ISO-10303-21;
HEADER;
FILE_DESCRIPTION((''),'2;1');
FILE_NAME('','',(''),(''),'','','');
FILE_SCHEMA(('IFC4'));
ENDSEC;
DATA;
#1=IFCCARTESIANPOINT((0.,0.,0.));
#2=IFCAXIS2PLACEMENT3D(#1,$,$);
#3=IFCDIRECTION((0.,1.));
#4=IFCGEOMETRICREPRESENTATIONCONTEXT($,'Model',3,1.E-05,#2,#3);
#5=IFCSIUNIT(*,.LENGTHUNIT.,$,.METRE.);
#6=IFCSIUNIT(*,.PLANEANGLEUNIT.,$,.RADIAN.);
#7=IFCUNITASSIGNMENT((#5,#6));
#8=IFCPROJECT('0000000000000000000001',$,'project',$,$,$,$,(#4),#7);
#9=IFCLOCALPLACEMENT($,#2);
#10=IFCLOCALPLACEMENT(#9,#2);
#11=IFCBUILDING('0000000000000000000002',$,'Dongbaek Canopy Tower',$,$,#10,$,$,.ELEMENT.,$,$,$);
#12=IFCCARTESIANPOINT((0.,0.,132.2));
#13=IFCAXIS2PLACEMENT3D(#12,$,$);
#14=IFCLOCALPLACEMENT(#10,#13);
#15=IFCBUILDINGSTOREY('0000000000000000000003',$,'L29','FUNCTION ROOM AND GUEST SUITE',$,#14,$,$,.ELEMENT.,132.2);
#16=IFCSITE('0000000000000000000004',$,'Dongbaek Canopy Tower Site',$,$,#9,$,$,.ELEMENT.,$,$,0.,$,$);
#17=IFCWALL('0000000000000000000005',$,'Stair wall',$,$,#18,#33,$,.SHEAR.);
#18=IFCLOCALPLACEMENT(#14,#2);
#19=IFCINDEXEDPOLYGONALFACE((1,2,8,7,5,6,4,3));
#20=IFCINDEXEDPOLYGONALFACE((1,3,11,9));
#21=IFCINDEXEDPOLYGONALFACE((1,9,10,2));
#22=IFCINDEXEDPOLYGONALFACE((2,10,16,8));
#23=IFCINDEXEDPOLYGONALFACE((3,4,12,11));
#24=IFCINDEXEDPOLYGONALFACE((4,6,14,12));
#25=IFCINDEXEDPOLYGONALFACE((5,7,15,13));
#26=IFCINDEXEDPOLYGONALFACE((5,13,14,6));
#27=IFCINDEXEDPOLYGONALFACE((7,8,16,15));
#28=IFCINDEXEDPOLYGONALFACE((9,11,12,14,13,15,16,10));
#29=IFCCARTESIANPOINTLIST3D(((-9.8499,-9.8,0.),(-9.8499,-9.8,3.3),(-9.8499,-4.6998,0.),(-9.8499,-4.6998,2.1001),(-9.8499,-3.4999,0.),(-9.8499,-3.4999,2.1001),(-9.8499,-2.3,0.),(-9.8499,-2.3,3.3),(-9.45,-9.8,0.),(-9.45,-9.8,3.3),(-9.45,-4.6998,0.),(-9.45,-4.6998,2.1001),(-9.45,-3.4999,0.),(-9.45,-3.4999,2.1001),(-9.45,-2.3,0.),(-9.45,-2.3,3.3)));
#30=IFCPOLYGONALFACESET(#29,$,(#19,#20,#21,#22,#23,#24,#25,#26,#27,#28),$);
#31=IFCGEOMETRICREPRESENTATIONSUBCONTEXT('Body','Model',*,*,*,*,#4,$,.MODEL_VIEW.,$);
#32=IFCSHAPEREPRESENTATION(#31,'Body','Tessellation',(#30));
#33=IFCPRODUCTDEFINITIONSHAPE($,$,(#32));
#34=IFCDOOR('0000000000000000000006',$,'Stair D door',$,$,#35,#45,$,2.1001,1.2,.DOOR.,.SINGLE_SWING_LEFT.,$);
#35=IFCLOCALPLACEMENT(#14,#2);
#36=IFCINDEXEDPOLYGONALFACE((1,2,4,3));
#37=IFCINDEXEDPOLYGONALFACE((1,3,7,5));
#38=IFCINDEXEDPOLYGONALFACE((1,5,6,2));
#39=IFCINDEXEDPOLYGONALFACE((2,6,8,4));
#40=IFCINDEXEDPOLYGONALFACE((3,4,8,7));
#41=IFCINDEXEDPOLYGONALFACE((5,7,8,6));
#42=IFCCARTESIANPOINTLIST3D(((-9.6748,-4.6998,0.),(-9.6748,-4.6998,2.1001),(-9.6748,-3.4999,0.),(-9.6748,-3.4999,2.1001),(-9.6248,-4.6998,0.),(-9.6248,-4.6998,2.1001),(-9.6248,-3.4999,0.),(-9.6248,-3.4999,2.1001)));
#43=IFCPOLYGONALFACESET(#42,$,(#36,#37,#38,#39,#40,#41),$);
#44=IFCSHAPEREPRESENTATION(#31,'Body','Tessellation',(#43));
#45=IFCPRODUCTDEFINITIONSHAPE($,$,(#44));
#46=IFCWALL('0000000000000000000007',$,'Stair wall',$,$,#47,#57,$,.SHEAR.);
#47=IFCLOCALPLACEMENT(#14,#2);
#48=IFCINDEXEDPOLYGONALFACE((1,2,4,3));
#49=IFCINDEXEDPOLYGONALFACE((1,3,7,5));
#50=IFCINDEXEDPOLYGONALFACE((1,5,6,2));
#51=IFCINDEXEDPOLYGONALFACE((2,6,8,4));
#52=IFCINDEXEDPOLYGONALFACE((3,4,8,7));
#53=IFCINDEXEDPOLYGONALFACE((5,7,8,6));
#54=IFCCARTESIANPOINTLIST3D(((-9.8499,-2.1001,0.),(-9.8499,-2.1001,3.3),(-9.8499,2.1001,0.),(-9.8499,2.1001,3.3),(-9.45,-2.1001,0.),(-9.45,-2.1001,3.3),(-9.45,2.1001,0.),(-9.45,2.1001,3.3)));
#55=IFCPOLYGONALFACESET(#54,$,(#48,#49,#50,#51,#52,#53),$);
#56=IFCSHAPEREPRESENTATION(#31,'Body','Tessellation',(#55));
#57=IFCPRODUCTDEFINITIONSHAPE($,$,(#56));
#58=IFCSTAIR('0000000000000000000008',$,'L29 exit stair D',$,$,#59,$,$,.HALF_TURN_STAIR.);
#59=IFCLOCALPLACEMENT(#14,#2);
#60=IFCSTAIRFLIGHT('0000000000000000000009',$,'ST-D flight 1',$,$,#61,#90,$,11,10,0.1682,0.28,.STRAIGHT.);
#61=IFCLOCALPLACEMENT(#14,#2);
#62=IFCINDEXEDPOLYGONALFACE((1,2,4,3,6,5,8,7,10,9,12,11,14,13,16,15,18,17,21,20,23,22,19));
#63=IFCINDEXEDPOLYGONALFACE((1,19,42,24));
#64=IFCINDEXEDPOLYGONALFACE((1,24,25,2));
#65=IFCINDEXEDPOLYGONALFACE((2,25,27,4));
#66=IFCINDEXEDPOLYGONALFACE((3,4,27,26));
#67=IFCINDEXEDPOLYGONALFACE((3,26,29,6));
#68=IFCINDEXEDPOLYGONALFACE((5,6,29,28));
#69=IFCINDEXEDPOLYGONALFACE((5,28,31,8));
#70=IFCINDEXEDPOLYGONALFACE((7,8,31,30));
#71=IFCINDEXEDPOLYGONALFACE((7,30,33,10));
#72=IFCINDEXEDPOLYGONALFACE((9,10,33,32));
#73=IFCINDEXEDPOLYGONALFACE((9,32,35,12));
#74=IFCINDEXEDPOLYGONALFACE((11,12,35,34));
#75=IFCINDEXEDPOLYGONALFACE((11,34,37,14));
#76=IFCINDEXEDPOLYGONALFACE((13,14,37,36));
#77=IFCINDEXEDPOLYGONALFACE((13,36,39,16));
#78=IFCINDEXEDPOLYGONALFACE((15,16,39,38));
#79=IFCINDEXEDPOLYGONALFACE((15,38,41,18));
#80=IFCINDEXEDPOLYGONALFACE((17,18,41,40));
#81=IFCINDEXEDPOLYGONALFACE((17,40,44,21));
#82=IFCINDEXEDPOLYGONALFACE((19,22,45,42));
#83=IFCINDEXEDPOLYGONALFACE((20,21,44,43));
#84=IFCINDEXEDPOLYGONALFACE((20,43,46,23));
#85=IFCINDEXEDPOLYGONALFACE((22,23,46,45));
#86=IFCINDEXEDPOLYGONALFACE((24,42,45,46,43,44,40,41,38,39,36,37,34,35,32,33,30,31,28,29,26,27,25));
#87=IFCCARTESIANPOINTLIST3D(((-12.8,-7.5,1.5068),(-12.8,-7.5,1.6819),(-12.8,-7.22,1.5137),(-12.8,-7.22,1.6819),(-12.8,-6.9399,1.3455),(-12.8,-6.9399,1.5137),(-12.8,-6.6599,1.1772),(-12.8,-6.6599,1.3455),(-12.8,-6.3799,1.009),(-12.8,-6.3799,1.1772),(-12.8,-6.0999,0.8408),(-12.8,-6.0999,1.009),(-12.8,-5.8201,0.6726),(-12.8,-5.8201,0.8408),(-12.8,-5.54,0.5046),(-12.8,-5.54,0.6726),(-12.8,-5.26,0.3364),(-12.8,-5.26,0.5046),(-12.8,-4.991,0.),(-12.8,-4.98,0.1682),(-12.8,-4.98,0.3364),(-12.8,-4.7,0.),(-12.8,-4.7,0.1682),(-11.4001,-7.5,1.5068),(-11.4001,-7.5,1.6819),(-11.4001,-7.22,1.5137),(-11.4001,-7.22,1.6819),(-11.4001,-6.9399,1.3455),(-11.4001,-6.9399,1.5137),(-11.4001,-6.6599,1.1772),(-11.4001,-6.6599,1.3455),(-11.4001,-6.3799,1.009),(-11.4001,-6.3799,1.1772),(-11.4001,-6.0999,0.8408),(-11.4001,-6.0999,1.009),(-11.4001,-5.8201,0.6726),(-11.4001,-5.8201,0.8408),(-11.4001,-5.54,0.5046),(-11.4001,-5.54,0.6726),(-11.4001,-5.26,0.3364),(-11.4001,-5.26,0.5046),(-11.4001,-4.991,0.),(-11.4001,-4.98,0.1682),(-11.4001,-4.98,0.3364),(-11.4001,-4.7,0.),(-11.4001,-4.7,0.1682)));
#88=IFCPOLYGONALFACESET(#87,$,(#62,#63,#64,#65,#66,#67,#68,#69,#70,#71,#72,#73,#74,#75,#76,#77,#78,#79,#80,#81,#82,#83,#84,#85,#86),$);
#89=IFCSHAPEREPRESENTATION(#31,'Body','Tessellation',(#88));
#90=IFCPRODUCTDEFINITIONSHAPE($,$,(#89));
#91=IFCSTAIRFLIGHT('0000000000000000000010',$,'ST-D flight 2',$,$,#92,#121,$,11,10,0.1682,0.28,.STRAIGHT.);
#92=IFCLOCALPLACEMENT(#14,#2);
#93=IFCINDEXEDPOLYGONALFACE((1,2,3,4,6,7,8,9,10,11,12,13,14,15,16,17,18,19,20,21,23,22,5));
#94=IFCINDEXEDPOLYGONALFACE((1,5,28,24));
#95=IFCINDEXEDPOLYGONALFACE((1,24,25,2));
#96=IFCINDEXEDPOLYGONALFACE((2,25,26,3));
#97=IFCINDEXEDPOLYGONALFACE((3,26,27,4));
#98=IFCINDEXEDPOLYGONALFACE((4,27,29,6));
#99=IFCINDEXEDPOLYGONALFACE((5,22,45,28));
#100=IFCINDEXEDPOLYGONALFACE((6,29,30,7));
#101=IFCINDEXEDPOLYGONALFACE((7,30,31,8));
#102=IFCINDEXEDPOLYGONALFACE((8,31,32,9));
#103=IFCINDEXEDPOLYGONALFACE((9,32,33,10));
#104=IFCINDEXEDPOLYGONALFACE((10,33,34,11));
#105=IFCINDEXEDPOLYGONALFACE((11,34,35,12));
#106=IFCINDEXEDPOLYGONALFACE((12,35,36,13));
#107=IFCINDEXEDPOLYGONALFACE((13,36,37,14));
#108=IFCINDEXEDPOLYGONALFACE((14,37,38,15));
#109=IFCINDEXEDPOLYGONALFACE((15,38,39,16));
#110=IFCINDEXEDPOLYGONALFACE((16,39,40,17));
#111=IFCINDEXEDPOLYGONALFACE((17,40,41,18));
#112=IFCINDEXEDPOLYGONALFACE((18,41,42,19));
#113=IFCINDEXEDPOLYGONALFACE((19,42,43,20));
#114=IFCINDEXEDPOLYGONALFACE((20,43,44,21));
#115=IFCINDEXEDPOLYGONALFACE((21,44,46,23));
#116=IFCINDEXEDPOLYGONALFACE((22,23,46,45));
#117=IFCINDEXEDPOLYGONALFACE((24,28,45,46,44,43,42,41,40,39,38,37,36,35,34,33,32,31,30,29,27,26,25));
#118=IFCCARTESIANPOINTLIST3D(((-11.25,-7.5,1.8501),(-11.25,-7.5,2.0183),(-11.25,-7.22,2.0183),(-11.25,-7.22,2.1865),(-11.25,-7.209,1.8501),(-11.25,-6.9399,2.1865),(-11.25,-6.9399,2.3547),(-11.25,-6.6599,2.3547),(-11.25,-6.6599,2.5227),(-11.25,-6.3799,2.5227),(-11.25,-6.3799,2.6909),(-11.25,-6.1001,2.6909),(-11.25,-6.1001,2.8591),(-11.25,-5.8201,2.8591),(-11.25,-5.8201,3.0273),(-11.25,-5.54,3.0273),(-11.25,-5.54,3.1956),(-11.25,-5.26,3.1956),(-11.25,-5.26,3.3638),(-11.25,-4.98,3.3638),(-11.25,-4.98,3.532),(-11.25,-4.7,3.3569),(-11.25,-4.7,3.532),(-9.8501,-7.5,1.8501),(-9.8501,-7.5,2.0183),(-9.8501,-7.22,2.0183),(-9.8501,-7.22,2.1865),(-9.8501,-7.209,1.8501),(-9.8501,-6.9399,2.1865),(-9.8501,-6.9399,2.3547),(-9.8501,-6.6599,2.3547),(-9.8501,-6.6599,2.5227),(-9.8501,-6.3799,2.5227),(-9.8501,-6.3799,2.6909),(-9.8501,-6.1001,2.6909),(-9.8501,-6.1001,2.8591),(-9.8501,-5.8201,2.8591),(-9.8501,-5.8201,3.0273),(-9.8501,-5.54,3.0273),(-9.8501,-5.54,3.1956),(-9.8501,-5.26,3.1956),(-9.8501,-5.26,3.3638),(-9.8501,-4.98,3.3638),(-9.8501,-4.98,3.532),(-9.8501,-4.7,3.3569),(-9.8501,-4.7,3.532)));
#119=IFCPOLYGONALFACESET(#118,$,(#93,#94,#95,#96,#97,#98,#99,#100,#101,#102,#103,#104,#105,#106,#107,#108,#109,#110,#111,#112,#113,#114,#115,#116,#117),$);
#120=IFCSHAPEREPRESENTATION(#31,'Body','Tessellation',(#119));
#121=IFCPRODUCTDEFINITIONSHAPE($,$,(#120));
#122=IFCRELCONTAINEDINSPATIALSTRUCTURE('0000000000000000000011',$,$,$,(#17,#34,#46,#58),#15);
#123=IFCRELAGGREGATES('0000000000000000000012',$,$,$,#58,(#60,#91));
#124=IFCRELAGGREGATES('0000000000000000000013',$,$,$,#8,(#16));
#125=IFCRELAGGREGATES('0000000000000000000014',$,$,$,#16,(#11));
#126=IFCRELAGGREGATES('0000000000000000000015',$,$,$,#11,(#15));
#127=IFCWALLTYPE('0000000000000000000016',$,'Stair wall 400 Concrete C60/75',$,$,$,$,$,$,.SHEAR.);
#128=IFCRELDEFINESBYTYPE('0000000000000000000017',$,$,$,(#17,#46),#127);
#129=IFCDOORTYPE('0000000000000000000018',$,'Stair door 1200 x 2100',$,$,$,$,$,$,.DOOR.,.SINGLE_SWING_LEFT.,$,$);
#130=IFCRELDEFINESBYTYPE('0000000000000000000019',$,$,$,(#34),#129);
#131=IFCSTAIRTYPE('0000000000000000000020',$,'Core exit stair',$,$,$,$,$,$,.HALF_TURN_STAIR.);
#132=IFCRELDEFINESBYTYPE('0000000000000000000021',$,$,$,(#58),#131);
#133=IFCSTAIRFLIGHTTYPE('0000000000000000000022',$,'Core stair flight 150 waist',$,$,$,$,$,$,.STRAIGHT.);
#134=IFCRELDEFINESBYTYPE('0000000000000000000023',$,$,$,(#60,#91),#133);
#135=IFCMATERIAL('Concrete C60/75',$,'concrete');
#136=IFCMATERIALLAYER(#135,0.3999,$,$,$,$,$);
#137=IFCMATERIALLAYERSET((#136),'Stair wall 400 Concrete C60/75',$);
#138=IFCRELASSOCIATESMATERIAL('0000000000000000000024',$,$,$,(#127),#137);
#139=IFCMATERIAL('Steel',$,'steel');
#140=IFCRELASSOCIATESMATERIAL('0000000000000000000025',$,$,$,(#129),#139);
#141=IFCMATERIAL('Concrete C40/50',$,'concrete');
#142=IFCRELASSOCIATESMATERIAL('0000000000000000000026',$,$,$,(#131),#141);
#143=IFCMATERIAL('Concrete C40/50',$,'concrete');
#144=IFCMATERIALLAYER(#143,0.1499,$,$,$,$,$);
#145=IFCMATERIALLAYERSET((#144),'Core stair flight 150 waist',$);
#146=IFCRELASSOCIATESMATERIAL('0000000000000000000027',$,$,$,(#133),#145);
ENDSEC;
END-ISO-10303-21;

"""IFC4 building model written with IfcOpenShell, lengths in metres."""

from ifc_helpers import new_model, si_unit, direction, frame, frame_2d, origin, place, context, subcontext, project, spatial, polyline, rectangle, outline, extrude, material, layer, layer_set, type_object, element, fill, aggregate, save


model = new_model("IFC4")

# Units and contexts
model_context = context("Model", 3, precision=1e-05, world=origin(), true_north=direction((0.0, 1.0)))
body_context = subcontext(model_context, "Body", "Model", "MODEL_VIEW")
ifc_project = project(units=[si_unit("LENGTHUNIT", "METRE"), si_unit("PLANEANGLEUNIT", "RADIAN")], contexts=[model_context])

# Site, building, storey
site_placement = place(None, origin())
site = spatial("IfcSite", under=ifc_project, at=site_placement, Name="Dongbaek Canopy Tower Site", CompositionType="ELEMENT", RefElevation=0.0)
building_placement = place(site_placement, origin())
building = spatial("IfcBuilding", under=site, at=building_placement, Name="Dongbaek Canopy Tower", CompositionType="ELEMENT")
storey_placement = place(building_placement, frame((0.0, 0.0, 132.2)))
storey = spatial("IfcBuildingStorey", under=building, at=storey_placement, Name="L29", Description="FUNCTION ROOM AND GUEST SUITE", CompositionType="ELEMENT", Elevation=132.2)

# Wall, opening, door
ifc_material_1 = material(Name="Concrete C60/75", Category="concrete")
ifc_layer_1 = layer(ifc_material_1, 0.3999)
ifc_layer_set_1 = layer_set([ifc_layer_1], Name="Stair wall 400 Concrete C60/75")
wall_type_1 = type_object("IfcWallType", Name="Stair wall 400 Concrete C60/75", PredefinedType="SHEAR", material=ifc_layer_set_1)
wall_1_placement = place(storey_placement, frame((-9.6499, -9.8, 0.0), z_axis=(0.0, 0.0, 1.0), x_axis=(0.0, 1.0, 0.0)))
wall_1 = element("IfcWall", 1, at=wall_1_placement, inside=storey, type_object=wall_type_1, Name="Stair wall", PredefinedType="SHEAR", context=body_context, shape_type="SweptSolid", body=[
    extrude(rectangle(XDim=7.5, YDim=0.3999, at=frame_2d((3.75, 0.0))), origin(), (0.0, 0.0, 1.0), 3.3),
])
opening_1_placement = place(wall_1_placement, frame((5.1001, 0.0, 0.0)))
opening_1 = element("IfcOpeningElement", 2, at=opening_1_placement, cuts=wall_1, PredefinedType="OPENING", context=body_context, shape_type="SweptSolid", body=[
    extrude(rectangle(XDim=1.2, YDim=2.1001, at=frame_2d((0.6001, 1.05))), frame((0.0, 0.21, 0.0), z_axis=(0.0, -1.0, 0.0), x_axis=(1.0, 0.0, 0.0)), (0.0, 0.0, 1.0), 0.4199),
])
ifc_material_2 = material(Name="Steel", Category="steel")
door_type_1 = type_object("IfcDoorType", Name="Stair door 1200 x 2100", OperationType="SINGLE_SWING_LEFT", PredefinedType="DOOR", material=ifc_material_2)
door_1_placement = place(opening_1_placement, origin())
door_1 = element("IfcDoor", 3, at=door_1_placement, inside=storey, type_object=door_type_1, Name="Stair D door", OperationType="SINGLE_SWING_LEFT", OverallHeight=2.1001, OverallWidth=1.2, PredefinedType="DOOR", context=body_context, shape_type="SweptSolid", body=[
    extrude(rectangle(XDim=1.2, YDim=2.1001, at=frame_2d((0.6001, 1.05))), frame((0.0, 0.0249, 0.0), z_axis=(0.0, -1.0, 0.0), x_axis=(1.0, 0.0, 0.0)), (0.0, 0.0, 1.0), 0.05),
])
fill(opening_1, door_1)

# Wall
wall_2_placement = place(storey_placement, frame((-9.6499, -2.1001, 0.0), z_axis=(0.0, 0.0, 1.0), x_axis=(0.0, 1.0, 0.0)))
element("IfcWall", 4, at=wall_2_placement, inside=storey, type_object=wall_type_1, Name="Stair wall", PredefinedType="SHEAR", context=body_context, shape_type="SweptSolid", body=[
    extrude(rectangle(XDim=4.2002, YDim=0.3999, at=frame_2d((2.1001, 0.0))), origin(), (0.0, 0.0, 1.0), 3.3),
])

# Stair, stair flights
ifc_material_3 = material(Name="Concrete C40/50", Category="concrete")
stair_type = type_object("IfcStairType", Name="Core exit stair", PredefinedType="HALF_TURN_STAIR", material=ifc_material_3)
stair_placement = place(storey_placement, origin())
stair = element("IfcStair", 5, at=stair_placement, inside=storey, type_object=stair_type, Name="L29 exit stair D", PredefinedType="HALF_TURN_STAIR")
ifc_material_4 = material(Name="Concrete C40/50", Category="concrete")
ifc_layer_2 = layer(ifc_material_4, 0.1499)
ifc_layer_set_2 = layer_set([ifc_layer_2], Name="Core stair flight 150 waist")
stair_flight_type = type_object("IfcStairFlightType", Name="Core stair flight 150 waist", PredefinedType="STRAIGHT", material=ifc_layer_set_2)
stair_flight_1_placement = place(storey_placement, frame((-12.1001, -4.7, 0.0), z_axis=(0.0, 0.0, 1.0), x_axis=(0.0, -1.0, 0.0)))
stair_flight_1 = element("IfcStairFlight", 6, at=stair_flight_1_placement, type_object=stair_flight_type, Name="ST-D flight 1", NumberOfRisers=11, NumberOfTreads=10, PredefinedType="STRAIGHT", RiserHeight=0.1682, TreadLength=0.28, context=body_context, shape_type="SweptSolid", body=[
    extrude(outline(polyline([(0.0, 0.0), (0.0, 0.1682), (0.28, 0.1682), (0.28, 0.3364), (0.5601, 0.3364), (0.5601, 0.5046), (0.8401, 0.5046), (0.8401, 0.6726), (1.1201, 0.6726), (1.1201, 0.8408), (1.3999, 0.8408), (1.3999, 1.009), (1.6799, 1.009), (1.6799, 1.1772), (1.96, 1.1772), (1.96, 1.3455), (2.24, 1.3455), (2.24, 1.5137), (2.52, 1.5137), (2.52, 1.6819), (2.8, 1.6819), (2.8, 1.8501), (2.8, 1.5068), (0.291, 0.0), (0.0, 0.0)])), frame((0.0, 0.7, 0.0), z_axis=(0.0, -1.0, 0.0), x_axis=(1.0, 0.0, 0.0)), (0.0, 0.0, 1.0), 1.3999),
])
stair_flight_2_placement = place(storey_placement, frame((-10.55, -7.5, 1.8501), z_axis=(0.0, 0.0, 1.0), x_axis=(0.0, 1.0, 0.0)))
stair_flight_2 = element("IfcStairFlight", 7, at=stair_flight_2_placement, type_object=stair_flight_type, Name="ST-D flight 2", NumberOfRisers=11, NumberOfTreads=10, PredefinedType="STRAIGHT", RiserHeight=0.1682, TreadLength=0.28, context=body_context, shape_type="SweptSolid", body=[
    extrude(outline(polyline([(0.0, 0.0), (0.0, 0.1682), (0.28, 0.1682), (0.28, 0.3364), (0.5601, 0.3364), (0.5601, 0.5046), (0.8401, 0.5046), (0.8401, 0.6726), (1.1201, 0.6726), (1.1201, 0.8408), (1.3999, 0.8408), (1.3999, 1.009), (1.6799, 1.009), (1.6799, 1.1772), (1.96, 1.1772), (1.96, 1.3455), (2.24, 1.3455), (2.24, 1.5137), (2.52, 1.5137), (2.52, 1.6819), (2.8, 1.6819), (2.8, 1.8501), (2.8, 1.5068), (0.291, 0.0), (0.0, 0.0)])), frame((0.0, 0.7, 0.0), z_axis=(0.0, -1.0, 0.0), x_axis=(1.0, 0.0, 0.0)), (0.0, 0.0, 1.0), 1.3999),
])
aggregate(stair, [stair_flight_1, stair_flight_2])

save(model, "model.ifc")
